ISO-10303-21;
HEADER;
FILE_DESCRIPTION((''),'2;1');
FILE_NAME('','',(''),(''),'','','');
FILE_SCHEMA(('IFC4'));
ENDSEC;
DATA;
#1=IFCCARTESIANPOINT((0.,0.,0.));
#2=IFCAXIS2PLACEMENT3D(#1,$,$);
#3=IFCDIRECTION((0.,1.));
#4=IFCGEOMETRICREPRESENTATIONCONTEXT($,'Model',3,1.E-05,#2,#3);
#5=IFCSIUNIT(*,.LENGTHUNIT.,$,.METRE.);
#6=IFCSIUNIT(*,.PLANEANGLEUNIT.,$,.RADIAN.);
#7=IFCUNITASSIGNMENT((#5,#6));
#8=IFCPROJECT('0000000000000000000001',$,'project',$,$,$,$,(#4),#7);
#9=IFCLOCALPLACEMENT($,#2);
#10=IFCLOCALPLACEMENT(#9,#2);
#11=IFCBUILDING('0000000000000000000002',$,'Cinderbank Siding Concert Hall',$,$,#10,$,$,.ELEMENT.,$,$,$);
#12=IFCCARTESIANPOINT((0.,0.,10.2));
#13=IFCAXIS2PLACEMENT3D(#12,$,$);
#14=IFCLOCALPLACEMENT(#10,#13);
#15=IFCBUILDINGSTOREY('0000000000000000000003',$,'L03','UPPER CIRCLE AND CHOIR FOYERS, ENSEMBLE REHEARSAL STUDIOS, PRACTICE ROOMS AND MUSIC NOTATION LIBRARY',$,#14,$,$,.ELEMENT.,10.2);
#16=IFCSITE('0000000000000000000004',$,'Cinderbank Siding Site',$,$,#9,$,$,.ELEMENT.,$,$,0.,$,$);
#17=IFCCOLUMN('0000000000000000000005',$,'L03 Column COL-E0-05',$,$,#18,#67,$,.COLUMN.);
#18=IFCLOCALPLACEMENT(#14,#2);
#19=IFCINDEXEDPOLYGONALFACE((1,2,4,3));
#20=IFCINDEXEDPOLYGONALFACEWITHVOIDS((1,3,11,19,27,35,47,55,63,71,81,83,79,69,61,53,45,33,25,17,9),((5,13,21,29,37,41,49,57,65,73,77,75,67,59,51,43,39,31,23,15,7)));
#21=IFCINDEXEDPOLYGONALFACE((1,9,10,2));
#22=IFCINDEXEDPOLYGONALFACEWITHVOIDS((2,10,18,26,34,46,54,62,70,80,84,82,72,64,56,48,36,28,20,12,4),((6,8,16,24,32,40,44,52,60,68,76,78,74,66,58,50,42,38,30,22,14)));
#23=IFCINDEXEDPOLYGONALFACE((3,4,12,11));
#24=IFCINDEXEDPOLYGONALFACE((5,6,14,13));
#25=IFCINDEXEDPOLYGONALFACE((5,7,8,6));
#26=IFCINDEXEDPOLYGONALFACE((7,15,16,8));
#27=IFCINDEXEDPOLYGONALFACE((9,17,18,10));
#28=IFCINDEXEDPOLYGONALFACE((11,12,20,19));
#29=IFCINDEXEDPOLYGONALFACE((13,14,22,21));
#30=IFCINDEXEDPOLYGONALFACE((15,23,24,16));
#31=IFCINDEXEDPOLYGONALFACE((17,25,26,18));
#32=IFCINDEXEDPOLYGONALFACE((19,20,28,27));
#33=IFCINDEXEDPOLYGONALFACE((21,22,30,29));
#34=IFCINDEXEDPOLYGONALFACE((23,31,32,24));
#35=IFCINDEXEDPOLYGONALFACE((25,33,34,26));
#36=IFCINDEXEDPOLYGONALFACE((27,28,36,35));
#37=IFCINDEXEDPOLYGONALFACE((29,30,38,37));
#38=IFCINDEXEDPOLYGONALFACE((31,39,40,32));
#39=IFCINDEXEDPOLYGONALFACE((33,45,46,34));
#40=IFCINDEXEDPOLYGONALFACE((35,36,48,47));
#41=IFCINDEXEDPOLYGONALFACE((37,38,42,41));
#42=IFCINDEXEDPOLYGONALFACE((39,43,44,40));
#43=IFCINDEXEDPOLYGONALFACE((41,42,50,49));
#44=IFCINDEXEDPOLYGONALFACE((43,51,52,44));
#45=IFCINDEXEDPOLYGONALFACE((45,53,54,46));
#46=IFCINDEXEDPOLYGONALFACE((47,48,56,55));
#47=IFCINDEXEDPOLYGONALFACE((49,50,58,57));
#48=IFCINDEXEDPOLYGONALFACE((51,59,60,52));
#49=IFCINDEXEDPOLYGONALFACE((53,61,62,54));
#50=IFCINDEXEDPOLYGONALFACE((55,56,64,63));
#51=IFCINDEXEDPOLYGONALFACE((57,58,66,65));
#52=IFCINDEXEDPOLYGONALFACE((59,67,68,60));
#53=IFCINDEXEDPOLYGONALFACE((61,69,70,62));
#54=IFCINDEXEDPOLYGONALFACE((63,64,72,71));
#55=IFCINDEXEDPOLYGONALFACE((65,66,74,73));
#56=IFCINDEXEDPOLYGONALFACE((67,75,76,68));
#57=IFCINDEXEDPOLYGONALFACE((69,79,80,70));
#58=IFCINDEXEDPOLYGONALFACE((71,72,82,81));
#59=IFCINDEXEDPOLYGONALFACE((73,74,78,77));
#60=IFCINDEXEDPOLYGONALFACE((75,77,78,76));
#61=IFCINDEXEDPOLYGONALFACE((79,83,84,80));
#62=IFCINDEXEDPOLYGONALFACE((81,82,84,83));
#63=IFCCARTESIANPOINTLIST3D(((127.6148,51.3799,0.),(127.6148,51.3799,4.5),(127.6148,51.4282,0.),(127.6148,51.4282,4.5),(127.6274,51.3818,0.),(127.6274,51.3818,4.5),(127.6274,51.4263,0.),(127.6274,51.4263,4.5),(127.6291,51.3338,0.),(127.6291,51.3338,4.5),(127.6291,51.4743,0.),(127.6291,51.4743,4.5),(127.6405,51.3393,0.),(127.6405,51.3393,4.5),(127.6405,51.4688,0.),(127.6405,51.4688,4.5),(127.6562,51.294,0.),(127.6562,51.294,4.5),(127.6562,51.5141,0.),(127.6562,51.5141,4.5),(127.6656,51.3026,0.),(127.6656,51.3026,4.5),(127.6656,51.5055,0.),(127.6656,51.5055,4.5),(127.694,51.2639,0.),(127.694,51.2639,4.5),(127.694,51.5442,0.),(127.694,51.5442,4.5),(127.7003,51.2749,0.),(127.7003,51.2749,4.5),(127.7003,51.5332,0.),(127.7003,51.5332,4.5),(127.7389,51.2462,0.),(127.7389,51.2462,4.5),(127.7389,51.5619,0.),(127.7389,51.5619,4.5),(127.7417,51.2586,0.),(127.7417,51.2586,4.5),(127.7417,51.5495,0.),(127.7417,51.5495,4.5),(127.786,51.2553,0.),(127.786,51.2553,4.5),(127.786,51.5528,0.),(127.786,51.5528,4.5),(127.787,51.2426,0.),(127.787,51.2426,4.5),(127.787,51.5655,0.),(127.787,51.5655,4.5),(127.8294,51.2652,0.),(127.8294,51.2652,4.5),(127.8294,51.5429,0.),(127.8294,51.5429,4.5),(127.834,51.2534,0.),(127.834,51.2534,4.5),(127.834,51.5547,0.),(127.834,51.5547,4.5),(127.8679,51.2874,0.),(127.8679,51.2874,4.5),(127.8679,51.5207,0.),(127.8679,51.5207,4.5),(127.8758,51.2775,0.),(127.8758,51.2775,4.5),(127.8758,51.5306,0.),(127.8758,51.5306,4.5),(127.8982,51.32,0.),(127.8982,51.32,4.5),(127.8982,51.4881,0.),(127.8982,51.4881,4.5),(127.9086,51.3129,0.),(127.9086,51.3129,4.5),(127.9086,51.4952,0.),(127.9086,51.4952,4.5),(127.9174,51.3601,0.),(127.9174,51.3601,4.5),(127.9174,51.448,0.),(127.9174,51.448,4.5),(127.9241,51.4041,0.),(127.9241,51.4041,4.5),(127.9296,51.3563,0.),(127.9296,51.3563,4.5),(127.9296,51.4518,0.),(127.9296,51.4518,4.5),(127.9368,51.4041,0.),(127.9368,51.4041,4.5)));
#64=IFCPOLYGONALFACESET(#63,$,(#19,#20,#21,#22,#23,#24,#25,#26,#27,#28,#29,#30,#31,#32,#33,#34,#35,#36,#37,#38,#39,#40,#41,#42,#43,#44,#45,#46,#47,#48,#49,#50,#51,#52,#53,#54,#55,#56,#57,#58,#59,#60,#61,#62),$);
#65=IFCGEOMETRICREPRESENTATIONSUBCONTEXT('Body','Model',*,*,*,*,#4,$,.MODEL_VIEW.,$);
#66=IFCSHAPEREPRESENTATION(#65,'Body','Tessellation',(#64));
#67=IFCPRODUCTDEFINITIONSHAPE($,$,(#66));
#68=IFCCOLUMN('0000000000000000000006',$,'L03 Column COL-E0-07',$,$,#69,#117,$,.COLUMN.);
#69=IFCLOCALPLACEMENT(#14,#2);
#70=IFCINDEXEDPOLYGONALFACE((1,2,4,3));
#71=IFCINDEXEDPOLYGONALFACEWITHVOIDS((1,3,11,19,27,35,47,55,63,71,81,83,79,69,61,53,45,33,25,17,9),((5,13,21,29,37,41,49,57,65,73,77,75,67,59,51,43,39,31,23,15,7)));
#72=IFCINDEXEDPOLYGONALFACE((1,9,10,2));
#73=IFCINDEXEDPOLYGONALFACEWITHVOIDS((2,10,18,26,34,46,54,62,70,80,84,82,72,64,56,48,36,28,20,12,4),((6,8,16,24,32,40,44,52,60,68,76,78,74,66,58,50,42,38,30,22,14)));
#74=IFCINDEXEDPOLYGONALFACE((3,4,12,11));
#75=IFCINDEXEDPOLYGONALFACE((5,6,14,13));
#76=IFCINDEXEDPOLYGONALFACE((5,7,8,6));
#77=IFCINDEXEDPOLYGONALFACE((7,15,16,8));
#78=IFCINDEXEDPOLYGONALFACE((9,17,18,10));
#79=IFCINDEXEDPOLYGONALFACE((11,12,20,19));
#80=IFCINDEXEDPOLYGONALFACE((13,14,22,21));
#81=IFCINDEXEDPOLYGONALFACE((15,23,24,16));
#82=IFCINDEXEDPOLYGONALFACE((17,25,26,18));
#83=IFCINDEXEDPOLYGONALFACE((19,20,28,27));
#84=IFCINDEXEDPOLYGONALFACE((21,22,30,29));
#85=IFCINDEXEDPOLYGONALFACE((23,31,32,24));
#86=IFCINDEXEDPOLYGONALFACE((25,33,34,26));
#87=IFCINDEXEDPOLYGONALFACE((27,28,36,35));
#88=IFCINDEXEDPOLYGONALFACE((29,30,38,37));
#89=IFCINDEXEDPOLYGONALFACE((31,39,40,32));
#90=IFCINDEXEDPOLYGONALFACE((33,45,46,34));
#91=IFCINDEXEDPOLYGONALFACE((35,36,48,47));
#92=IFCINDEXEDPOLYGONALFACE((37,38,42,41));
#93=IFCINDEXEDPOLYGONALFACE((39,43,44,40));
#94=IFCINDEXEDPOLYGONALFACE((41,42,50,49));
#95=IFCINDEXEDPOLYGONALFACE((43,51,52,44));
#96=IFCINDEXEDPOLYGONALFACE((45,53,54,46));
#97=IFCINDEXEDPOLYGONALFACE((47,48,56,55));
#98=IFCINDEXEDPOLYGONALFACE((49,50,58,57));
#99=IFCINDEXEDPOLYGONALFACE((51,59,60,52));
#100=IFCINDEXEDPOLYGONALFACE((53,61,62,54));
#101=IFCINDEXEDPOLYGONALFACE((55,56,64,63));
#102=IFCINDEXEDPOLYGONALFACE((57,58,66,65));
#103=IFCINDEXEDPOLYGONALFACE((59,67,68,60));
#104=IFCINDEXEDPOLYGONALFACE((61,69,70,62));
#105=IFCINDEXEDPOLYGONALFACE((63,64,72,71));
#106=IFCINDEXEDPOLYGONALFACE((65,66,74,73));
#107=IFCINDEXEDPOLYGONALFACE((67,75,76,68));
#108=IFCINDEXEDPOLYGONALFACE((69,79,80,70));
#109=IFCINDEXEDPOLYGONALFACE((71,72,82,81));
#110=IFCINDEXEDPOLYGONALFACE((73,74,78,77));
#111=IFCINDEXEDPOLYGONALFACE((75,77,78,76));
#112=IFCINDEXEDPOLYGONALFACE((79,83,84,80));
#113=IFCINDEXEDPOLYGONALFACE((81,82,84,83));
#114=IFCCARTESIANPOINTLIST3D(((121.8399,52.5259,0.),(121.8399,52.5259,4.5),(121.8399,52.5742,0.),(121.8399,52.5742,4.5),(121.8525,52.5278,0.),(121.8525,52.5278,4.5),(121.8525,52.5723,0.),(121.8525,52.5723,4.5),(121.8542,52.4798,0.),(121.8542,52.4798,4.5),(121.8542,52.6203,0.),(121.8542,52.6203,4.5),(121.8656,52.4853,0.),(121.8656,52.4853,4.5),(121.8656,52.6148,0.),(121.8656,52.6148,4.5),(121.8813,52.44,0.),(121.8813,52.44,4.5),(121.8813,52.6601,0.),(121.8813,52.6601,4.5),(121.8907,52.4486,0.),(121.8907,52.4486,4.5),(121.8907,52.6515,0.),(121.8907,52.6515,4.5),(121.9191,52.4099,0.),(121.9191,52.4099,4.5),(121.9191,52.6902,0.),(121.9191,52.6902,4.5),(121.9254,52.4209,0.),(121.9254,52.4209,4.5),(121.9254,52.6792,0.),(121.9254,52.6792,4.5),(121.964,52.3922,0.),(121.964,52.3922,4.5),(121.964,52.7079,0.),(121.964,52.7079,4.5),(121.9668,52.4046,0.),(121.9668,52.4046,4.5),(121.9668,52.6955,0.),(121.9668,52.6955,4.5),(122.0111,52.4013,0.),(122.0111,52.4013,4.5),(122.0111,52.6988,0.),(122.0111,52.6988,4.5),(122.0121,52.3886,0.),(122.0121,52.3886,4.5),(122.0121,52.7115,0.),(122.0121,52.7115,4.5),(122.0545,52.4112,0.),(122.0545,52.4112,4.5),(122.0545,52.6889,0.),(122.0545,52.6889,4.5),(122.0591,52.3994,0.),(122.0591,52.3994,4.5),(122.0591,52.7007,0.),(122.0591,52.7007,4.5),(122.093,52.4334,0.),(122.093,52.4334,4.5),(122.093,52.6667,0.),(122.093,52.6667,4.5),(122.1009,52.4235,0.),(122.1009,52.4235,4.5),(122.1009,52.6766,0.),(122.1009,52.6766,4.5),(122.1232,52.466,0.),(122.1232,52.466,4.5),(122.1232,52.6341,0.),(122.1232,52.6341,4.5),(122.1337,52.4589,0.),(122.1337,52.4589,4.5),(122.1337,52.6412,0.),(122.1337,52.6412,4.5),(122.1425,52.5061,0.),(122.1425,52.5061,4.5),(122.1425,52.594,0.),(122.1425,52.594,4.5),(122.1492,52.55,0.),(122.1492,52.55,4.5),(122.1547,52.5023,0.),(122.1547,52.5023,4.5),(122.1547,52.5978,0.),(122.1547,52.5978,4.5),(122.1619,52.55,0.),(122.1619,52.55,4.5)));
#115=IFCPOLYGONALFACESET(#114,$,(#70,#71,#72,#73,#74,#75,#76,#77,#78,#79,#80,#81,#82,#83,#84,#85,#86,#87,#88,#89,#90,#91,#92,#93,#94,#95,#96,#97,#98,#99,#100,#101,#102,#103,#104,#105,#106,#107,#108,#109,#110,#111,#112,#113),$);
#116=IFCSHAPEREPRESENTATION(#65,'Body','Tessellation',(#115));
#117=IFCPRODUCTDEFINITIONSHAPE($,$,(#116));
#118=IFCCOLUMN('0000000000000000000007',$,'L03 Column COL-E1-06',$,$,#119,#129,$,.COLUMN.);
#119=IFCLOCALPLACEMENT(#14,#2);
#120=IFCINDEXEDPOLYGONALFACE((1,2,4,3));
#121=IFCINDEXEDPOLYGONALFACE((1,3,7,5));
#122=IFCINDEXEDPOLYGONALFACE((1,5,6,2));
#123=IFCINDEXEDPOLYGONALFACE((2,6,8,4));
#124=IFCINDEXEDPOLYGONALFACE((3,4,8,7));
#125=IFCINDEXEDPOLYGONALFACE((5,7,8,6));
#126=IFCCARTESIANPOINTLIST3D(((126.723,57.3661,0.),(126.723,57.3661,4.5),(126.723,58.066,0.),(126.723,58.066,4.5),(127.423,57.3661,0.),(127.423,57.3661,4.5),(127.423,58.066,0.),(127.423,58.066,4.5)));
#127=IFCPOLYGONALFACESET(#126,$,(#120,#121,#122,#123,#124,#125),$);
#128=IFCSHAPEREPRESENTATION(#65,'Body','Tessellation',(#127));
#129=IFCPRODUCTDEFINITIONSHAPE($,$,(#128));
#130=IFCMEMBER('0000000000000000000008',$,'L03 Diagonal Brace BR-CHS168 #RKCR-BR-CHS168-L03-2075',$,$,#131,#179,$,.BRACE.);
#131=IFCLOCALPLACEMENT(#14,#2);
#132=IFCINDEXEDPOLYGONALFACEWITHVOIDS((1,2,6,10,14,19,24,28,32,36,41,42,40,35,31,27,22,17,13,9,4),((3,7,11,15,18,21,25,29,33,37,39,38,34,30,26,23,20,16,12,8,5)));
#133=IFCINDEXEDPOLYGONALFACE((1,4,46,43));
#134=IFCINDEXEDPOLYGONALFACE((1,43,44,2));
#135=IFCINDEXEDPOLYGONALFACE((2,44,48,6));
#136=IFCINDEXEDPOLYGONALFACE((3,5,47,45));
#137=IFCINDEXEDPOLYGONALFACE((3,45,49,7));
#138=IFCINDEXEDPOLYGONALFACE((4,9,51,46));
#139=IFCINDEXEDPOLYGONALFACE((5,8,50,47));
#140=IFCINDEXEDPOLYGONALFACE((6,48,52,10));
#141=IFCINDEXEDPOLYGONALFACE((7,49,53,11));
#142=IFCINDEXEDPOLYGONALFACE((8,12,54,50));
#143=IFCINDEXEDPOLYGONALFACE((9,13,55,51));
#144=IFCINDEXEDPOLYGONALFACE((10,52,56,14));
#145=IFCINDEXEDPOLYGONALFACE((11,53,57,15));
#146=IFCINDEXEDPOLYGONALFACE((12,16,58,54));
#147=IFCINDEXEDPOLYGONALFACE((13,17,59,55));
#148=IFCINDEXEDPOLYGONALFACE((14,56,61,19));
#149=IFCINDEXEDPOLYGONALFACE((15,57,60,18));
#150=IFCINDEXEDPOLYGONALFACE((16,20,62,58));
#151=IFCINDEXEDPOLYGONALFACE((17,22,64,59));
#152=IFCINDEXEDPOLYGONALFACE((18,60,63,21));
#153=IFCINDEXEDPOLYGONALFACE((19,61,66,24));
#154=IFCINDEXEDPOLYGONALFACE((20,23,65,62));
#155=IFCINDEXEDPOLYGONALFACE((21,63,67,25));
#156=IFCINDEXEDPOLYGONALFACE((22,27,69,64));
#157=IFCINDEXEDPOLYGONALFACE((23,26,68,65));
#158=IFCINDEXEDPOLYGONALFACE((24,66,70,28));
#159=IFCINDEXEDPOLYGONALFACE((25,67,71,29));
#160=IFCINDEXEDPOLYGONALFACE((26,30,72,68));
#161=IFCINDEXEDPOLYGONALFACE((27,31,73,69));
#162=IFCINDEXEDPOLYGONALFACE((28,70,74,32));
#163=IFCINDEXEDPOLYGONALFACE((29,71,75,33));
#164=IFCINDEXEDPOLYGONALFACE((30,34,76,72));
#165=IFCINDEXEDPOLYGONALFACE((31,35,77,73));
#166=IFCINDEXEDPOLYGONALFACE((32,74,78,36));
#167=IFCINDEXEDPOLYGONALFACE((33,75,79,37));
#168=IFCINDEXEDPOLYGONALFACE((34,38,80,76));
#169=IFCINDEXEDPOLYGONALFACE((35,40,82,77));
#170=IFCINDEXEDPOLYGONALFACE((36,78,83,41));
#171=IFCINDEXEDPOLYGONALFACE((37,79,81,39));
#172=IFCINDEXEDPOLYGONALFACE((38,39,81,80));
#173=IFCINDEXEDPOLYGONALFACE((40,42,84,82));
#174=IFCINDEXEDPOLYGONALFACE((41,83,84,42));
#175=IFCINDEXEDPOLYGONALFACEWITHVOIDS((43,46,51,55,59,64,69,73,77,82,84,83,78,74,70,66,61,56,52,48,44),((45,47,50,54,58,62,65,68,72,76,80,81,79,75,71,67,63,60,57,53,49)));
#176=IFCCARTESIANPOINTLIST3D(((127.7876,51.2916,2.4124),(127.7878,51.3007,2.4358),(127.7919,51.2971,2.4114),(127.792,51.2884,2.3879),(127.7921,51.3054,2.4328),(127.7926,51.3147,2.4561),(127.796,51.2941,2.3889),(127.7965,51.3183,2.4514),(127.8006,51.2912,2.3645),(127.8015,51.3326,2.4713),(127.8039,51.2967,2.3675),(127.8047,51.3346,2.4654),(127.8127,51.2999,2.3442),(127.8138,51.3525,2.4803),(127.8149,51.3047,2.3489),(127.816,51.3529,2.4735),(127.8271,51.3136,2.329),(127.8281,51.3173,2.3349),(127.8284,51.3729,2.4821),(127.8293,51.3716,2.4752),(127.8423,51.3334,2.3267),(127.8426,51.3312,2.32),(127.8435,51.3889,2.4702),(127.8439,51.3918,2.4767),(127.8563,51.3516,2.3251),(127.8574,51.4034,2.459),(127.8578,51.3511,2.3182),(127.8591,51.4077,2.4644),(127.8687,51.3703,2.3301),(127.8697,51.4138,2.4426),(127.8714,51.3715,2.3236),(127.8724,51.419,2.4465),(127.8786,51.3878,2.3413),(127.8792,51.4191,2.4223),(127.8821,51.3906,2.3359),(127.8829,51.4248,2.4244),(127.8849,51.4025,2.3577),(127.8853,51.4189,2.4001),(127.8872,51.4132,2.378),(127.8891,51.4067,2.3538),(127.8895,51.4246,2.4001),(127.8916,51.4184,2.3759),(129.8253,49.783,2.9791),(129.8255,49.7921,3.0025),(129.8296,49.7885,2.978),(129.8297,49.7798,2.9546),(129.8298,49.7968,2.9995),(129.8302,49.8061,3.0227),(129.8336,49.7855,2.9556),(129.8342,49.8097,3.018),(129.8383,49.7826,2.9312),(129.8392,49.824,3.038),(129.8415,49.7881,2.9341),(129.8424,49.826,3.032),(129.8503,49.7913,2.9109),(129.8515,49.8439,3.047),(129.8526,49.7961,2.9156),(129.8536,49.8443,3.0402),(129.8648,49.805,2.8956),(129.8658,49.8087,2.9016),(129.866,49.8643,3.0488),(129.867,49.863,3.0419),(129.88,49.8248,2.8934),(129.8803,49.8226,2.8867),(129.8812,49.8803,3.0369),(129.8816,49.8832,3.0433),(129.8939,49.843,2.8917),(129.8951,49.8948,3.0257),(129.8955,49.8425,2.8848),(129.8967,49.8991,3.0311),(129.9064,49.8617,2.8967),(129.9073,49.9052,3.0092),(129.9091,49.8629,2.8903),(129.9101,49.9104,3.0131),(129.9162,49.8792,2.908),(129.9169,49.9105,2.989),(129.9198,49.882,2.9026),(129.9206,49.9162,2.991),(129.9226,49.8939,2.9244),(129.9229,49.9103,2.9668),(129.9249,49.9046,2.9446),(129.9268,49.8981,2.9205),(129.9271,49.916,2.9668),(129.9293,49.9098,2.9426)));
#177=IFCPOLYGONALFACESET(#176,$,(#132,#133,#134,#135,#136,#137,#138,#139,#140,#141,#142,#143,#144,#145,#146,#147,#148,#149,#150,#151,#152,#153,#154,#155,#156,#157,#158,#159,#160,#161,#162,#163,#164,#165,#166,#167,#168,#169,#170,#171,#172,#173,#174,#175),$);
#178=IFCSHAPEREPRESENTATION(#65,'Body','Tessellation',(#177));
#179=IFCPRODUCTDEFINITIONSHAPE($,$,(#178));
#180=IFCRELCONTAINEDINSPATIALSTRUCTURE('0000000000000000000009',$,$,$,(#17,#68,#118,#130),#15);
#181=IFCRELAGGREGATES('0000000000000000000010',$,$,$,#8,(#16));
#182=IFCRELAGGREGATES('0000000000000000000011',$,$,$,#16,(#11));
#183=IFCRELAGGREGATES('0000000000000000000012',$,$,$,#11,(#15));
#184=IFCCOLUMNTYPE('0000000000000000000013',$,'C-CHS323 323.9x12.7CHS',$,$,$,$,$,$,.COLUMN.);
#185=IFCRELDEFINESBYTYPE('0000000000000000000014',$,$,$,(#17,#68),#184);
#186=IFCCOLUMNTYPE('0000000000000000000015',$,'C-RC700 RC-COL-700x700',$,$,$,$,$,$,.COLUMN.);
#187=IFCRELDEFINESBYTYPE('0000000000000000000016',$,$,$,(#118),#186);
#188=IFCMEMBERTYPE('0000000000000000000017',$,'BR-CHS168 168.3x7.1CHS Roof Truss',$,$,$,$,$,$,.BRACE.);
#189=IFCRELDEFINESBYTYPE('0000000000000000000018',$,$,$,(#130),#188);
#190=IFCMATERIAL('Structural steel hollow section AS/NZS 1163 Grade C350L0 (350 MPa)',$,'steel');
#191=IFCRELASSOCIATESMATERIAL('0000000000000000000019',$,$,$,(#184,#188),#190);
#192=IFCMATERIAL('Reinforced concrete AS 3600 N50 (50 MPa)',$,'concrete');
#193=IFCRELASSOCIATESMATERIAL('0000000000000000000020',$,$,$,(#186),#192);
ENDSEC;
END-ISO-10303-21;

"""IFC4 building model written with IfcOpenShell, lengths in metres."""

from ifc_helpers import new_model, si_unit, direction, frame, origin, origin_2d, place, context, subcontext, project, spatial, rectangle, hollow_circle, extrude, material, material_profile, profile_set, type_object, element, save


model = new_model("IFC4")

# Units and contexts
model_context = context("Model", 3, precision=1e-05, world=origin(), true_north=direction((0.0, 1.0)))
body_context = subcontext(model_context, "Body", "Model", "MODEL_VIEW")
ifc_project = project(units=[si_unit("LENGTHUNIT", "METRE"), si_unit("PLANEANGLEUNIT", "RADIAN")], contexts=[model_context])

# Site, building, storey
site_placement = place(None, origin())
site = spatial("IfcSite", under=ifc_project, at=site_placement, Name="Cinderbank Siding Site", CompositionType="ELEMENT", RefElevation=0.0)
building_placement = place(site_placement, origin())
building = spatial("IfcBuilding", under=site, at=building_placement, Name="Cinderbank Siding Concert Hall", CompositionType="ELEMENT")
storey_placement = place(building_placement, frame((0.0, 0.0, 10.2)))
storey = spatial("IfcBuildingStorey", under=building, at=storey_placement, Name="L03", Description="UPPER CIRCLE AND CHOIR FOYERS, ENSEMBLE REHEARSAL STUDIOS, PRACTICE ROOMS AND MUSIC NOTATION LIBRARY", CompositionType="ELEMENT", Elevation=10.2)

# Columns
ifc_material_1 = material(Name="Structural steel hollow section AS/NZS 1163 Grade C350L0 (350 MPa)", Category="steel")
ifc_material_profile_1 = material_profile(ifc_material_1, hollow_circle(Radius=0.1619, WallThickness=0.0127, at=origin_2d()), Name="323.9x12.7CHS", Category="LoadBearing")
ifc_profile_set_1 = profile_set([ifc_material_profile_1], Name="Structural steel hollow section AS/NZS 1163 Grade C350L0 (350 MPa)")
column_type_1 = type_object("IfcColumnType", Name="C-CHS323 323.9x12.7CHS", PredefinedType="COLUMN", material=ifc_profile_set_1)
for number, where, z_axis, x_axis, name in (
    (1, (127.7749, 51.4041, 0.0), (0.0, 0.0, 1.0), (1.0, 0.0, 0.0), "L03 Column COL-E0-05"),
    (2, (122.0, 52.55, 0.0), (0.0, 0.0, 1.0), (1.0, 0.0, 0.0), "L03 Column COL-E0-07"),
):
    element("IfcColumn", number, at=place(storey_placement, frame(where, z_axis=z_axis, x_axis=x_axis)), inside=storey, type_object=column_type_1, Name=name, PredefinedType="COLUMN", context=body_context, shape_type="SweptSolid", body=[
        extrude(hollow_circle(Radius=0.1619, WallThickness=0.0127, at=origin_2d()), origin(), (0.0, 0.0, 1.0), 4.5),
    ])
ifc_material_2 = material(Name="Reinforced concrete AS 3600 N50 (50 MPa)", Category="concrete")
ifc_material_profile_2 = material_profile(ifc_material_2, rectangle(XDim=0.7, YDim=0.7, at=origin_2d()), Name="RC-COL-700x700", Category="LoadBearing")
ifc_profile_set_2 = profile_set([ifc_material_profile_2], Name="Reinforced concrete AS 3600 N50 (50 MPa)")
column_type_2 = type_object("IfcColumnType", Name="C-RC700 RC-COL-700x700", PredefinedType="COLUMN", material=ifc_profile_set_2)
column_placement = place(storey_placement, frame((127.073, 57.7161, 0.0), z_axis=(0.0, 0.0, 1.0), x_axis=(1.0, 0.0, 0.0)))
element("IfcColumn", 3, at=column_placement, inside=storey, type_object=column_type_2, Name="L03 Column COL-E1-06", PredefinedType="COLUMN", context=body_context, shape_type="SweptSolid", body=[
    extrude(rectangle(XDim=0.7, YDim=0.7, at=origin_2d()), origin(), (0.0, 0.0, 1.0), 4.5),
])

# Member
ifc_material_profile_3 = material_profile(ifc_material_1, hollow_circle(Radius=0.0842, WallThickness=0.0071, at=origin_2d()), Name="168.3x7.1CHS", Category="LoadBearing")
ifc_profile_set_3 = profile_set([ifc_material_profile_3], Name="Structural steel hollow section AS/NZS 1163 Grade C350L0 (350 MPa)")
member_type_1 = type_object("IfcMemberType", Name="BR-CHS168 168.3x7.1CHS Roof Truss", PredefinedType="BRACE", material=ifc_profile_set_3)
member_1_placement = place(storey_placement, frame((127.8394, 51.3569, 2.4001), z_axis=(0.784353, -0.580699, 0.218126), x_axis=(0.595027, 0.803706, 0.0)))
element("IfcMember", 4, at=member_1_placement, inside=storey, type_object=member_type_1, Name="L03 Diagonal Brace BR-CHS168 #RKCR-BR-CHS168-L03-2075", PredefinedType="BRACE", context=body_context, shape_type="SweptSolid", body=[
    extrude(hollow_circle(Radius=0.0842, WallThickness=0.0071, at=origin_2d()), origin(), (0.0, 0.0, 1.0), 2.5979),
])

save(model, "model.ifc")
